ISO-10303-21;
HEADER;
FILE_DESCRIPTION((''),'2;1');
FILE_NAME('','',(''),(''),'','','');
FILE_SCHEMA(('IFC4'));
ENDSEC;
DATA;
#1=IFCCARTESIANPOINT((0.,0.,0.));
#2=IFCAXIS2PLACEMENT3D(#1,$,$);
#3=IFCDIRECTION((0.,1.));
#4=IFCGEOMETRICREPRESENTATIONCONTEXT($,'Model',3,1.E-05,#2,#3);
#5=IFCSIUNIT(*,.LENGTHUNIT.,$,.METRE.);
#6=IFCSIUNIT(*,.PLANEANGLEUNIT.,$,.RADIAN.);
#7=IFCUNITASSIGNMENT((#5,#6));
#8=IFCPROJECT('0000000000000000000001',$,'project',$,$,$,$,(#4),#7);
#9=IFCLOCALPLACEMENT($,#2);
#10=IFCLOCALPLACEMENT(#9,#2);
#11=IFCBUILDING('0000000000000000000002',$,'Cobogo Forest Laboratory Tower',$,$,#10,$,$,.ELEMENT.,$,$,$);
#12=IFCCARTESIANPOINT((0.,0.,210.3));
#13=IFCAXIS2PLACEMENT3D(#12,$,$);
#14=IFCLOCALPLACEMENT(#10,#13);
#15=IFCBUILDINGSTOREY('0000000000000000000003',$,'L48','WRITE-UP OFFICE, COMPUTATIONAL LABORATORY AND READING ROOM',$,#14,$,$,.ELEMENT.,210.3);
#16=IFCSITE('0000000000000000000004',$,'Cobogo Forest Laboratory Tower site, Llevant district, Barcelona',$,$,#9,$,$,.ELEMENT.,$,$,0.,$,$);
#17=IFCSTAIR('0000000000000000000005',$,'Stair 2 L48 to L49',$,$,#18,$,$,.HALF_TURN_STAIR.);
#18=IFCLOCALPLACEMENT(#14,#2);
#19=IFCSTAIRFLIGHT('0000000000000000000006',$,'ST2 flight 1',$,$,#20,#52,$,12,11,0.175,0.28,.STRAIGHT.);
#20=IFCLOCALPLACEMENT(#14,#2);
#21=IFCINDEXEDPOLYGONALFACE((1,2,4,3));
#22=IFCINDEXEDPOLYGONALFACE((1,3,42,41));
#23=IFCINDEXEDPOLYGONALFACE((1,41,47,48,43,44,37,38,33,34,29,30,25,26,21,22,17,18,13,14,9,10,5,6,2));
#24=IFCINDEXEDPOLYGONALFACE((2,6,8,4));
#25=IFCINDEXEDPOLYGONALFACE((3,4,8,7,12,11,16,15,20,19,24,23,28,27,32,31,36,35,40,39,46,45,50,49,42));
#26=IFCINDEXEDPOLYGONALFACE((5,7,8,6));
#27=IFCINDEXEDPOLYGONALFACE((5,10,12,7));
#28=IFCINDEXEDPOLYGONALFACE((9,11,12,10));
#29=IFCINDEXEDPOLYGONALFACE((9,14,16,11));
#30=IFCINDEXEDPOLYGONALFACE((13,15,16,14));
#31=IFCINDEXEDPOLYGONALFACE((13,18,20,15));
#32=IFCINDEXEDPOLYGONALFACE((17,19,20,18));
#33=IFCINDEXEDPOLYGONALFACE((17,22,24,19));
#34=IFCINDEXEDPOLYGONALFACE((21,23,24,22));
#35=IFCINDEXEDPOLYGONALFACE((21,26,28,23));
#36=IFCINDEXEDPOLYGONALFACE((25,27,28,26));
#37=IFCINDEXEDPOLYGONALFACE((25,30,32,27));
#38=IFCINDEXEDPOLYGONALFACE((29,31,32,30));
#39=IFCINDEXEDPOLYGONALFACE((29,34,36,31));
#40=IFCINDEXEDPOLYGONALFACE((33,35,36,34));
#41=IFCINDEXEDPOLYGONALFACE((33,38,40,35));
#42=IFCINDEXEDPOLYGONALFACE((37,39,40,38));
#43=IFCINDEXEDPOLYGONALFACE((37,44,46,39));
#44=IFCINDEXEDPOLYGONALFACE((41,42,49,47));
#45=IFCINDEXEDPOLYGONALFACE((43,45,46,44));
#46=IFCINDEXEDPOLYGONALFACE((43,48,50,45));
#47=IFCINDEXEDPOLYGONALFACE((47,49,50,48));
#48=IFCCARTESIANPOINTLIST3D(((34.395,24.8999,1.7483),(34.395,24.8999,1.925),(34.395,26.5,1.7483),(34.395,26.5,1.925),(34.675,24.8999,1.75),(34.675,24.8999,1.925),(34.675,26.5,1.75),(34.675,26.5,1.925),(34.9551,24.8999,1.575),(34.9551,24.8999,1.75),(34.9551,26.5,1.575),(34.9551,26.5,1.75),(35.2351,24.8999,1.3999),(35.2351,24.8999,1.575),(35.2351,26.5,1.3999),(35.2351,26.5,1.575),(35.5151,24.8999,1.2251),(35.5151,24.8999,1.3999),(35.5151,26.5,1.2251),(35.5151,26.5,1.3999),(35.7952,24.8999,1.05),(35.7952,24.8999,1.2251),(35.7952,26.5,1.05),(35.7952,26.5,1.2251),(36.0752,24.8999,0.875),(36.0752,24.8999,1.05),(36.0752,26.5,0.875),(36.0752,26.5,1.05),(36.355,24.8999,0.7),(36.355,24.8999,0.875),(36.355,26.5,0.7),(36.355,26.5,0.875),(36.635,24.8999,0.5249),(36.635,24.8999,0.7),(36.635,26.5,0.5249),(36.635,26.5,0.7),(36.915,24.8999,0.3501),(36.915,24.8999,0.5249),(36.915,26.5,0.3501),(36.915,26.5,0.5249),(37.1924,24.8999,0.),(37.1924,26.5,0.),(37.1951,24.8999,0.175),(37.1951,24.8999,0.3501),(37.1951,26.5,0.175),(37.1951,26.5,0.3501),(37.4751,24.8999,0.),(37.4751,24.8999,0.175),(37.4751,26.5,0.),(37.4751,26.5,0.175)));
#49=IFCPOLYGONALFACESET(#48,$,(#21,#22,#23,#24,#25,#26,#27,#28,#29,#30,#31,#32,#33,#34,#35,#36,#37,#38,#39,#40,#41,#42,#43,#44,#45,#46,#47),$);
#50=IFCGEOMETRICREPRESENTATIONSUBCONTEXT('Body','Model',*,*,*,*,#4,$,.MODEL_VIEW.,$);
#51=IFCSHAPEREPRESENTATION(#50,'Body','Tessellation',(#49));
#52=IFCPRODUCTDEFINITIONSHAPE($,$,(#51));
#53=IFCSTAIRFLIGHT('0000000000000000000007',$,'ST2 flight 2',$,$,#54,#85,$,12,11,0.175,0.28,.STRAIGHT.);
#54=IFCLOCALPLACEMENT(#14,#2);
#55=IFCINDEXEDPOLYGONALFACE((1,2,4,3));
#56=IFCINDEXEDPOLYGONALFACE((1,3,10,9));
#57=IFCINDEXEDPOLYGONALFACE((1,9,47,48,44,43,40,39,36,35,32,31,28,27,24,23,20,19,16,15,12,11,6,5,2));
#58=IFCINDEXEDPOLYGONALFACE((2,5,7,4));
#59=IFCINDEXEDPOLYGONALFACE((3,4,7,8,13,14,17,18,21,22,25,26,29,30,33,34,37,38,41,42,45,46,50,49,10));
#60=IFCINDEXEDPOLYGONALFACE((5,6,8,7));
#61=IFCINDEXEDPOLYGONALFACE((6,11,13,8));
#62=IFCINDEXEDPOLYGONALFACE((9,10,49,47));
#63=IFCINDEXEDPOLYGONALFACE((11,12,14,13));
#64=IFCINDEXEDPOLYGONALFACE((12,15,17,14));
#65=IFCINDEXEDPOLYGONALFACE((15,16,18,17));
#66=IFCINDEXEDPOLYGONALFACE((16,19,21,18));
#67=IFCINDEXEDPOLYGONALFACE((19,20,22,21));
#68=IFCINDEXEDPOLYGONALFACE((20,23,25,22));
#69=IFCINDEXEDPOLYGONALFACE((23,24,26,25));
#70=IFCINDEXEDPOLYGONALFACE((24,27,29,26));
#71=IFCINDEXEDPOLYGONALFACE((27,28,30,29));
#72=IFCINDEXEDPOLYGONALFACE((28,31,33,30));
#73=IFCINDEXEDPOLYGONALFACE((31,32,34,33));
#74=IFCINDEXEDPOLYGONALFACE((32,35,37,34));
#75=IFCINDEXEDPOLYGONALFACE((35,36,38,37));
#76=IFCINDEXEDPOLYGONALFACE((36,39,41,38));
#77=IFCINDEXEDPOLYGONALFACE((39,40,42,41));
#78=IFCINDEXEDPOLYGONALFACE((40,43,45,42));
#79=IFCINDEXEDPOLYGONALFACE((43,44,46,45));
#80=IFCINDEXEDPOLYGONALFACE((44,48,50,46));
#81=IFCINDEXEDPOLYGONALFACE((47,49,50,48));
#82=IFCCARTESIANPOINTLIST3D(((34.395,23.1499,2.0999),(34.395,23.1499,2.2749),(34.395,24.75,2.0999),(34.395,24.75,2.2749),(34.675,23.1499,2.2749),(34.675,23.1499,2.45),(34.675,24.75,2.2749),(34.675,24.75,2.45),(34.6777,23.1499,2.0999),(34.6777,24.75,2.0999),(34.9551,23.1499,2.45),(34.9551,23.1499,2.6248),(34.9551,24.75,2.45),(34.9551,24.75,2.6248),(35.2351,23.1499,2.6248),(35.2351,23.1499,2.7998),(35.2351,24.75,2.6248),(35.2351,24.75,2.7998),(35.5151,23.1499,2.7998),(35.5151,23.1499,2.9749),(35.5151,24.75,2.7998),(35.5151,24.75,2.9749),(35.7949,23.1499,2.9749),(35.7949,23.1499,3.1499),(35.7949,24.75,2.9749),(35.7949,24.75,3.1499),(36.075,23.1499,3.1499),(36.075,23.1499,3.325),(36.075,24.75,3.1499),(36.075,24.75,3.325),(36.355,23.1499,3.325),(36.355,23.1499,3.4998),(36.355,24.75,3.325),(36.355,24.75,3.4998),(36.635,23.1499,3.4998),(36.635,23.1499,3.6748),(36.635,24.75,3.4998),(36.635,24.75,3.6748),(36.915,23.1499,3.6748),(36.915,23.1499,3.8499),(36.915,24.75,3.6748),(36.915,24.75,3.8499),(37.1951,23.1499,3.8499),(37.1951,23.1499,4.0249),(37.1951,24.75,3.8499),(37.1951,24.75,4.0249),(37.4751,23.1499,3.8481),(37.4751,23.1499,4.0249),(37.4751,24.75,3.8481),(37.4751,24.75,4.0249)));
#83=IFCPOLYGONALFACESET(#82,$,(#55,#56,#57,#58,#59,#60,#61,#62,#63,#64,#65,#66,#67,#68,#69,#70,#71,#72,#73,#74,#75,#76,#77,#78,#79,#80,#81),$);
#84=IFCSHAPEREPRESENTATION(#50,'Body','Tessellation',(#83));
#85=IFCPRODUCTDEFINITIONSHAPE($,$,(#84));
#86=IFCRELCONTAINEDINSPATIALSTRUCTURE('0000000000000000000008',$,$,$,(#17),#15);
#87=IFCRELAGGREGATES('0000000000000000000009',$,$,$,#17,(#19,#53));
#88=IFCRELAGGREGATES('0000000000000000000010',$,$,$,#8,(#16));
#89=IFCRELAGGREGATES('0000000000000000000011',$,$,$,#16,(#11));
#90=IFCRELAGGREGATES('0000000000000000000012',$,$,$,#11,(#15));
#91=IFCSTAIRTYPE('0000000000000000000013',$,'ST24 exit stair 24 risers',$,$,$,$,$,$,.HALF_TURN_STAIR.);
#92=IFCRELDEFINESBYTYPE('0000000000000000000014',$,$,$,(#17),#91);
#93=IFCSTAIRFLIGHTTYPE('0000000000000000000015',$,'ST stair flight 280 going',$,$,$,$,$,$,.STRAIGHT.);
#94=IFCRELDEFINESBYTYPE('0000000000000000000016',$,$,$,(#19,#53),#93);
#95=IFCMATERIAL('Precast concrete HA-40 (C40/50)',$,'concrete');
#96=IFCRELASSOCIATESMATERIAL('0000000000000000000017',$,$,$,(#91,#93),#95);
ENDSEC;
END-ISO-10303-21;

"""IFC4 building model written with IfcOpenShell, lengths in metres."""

from ifc_helpers import new_model, si_unit, direction, frame, origin, place, context, subcontext, project, spatial, polyline, outline, extrude, material, type_object, element, aggregate, save


model = new_model("IFC4")

# Units and contexts
model_context = context("Model", 3, precision=1e-05, world=origin(), true_north=direction((0.0, 1.0)))
body_context = subcontext(model_context, "Body", "Model", "MODEL_VIEW")
ifc_project = project(units=[si_unit("LENGTHUNIT", "METRE"), si_unit("PLANEANGLEUNIT", "RADIAN")], contexts=[model_context])

# Site, building, storey
site_placement = place(None, origin())
site = spatial("IfcSite", under=ifc_project, at=site_placement, Name="Cobogo Forest Laboratory Tower site, Llevant district, Barcelona", CompositionType="ELEMENT", RefElevation=0.0)
building_placement = place(site_placement, origin())
building = spatial("IfcBuilding", under=site, at=building_placement, Name="Cobogo Forest Laboratory Tower", CompositionType="ELEMENT")
storey_placement = place(building_placement, frame((0.0, 0.0, 210.3)))
storey = spatial("IfcBuildingStorey", under=building, at=storey_placement, Name="L48", Description="WRITE-UP OFFICE, COMPUTATIONAL LABORATORY AND READING ROOM", CompositionType="ELEMENT", Elevation=210.3)

# Stair, stair flights
ifc_material_1 = material(Name="Precast concrete HA-40 (C40/50)", Category="concrete")
stair_type = type_object("IfcStairType", Name="ST24 exit stair 24 risers", PredefinedType="HALF_TURN_STAIR", material=ifc_material_1)
stair_placement = place(storey_placement, origin())
stair = element("IfcStair", 1, at=stair_placement, inside=storey, type_object=stair_type, Name="Stair 2 L48 to L49", PredefinedType="HALF_TURN_STAIR")
stair_flight_type = type_object("IfcStairFlightType", Name="ST stair flight 280 going", PredefinedType="STRAIGHT", material=ifc_material_1)
stair_flight_1_placement = place(storey_placement, frame((37.4751, 25.7, 0.0), z_axis=(0.0, 0.0, 1.0), x_axis=(-1.0, 0.0, 0.0)))
stair_flight_1 = element("IfcStairFlight", 2, at=stair_flight_1_placement, type_object=stair_flight_type, Name="ST2 flight 1", NumberOfRisers=12, NumberOfTreads=11, PredefinedType="STRAIGHT", RiserHeight=0.175, TreadLength=0.28, context=body_context, shape_type="SweptSolid", body=[
    extrude(outline(polyline([(0.0, 0.0), (0.0, 0.175), (0.28, 0.175), (0.28, 0.3501), (0.5601, 0.3501), (0.5601, 0.5249), (0.8401, 0.5249), (0.8401, 0.7), (1.1201, 0.7), (1.1201, 0.875), (1.3999, 0.875), (1.3999, 1.05), (1.6799, 1.05), (1.6799, 1.2251), (1.96, 1.2251), (1.96, 1.3999), (2.24, 1.3999), (2.24, 1.575), (2.52, 1.575), (2.52, 1.75), (2.8, 1.75), (2.8, 1.925), (3.0801, 1.925), (3.0801, 2.1001), (3.0801, 1.7483), (0.2827, 0.0), (0.0, 0.0)])), frame((0.0, 0.8, 0.0), z_axis=(0.0, -1.0, 0.0), x_axis=(1.0, 0.0, 0.0)), (0.0, 0.0, 1.0), 1.6001),
])
stair_flight_2_placement = place(storey_placement, frame((34.395, 23.95, 2.0999), z_axis=(0.0, 0.0, 1.0), x_axis=(1.0, 0.0, 0.0)))
stair_flight_2 = element("IfcStairFlight", 3, at=stair_flight_2_placement, type_object=stair_flight_type, Name="ST2 flight 2", NumberOfRisers=12, NumberOfTreads=11, PredefinedType="STRAIGHT", RiserHeight=0.175, TreadLength=0.28, context=body_context, shape_type="SweptSolid", body=[
    extrude(outline(polyline([(0.0, 0.0), (0.0, 0.175), (0.28, 0.175), (0.28, 0.3501), (0.5601, 0.3501), (0.5601, 0.5249), (0.8401, 0.5249), (0.8401, 0.7), (1.1201, 0.7), (1.1201, 0.875), (1.3999, 0.875), (1.3999, 1.05), (1.6799, 1.05), (1.6799, 1.2251), (1.96, 1.2251), (1.96, 1.3999), (2.24, 1.3999), (2.24, 1.575), (2.52, 1.575), (2.52, 1.75), (2.8, 1.75), (2.8, 1.925), (3.0801, 1.925), (3.0801, 2.1001), (3.0801, 1.7483), (0.2827, 0.0), (0.0, 0.0)])), frame((0.0, 0.8, 0.0), z_axis=(0.0, -1.0, 0.0), x_axis=(1.0, 0.0, 0.0)), (0.0, 0.0, 1.0), 1.6001),
])
aggregate(stair, [stair_flight_1, stair_flight_2])

save(model, "model.ifc")
